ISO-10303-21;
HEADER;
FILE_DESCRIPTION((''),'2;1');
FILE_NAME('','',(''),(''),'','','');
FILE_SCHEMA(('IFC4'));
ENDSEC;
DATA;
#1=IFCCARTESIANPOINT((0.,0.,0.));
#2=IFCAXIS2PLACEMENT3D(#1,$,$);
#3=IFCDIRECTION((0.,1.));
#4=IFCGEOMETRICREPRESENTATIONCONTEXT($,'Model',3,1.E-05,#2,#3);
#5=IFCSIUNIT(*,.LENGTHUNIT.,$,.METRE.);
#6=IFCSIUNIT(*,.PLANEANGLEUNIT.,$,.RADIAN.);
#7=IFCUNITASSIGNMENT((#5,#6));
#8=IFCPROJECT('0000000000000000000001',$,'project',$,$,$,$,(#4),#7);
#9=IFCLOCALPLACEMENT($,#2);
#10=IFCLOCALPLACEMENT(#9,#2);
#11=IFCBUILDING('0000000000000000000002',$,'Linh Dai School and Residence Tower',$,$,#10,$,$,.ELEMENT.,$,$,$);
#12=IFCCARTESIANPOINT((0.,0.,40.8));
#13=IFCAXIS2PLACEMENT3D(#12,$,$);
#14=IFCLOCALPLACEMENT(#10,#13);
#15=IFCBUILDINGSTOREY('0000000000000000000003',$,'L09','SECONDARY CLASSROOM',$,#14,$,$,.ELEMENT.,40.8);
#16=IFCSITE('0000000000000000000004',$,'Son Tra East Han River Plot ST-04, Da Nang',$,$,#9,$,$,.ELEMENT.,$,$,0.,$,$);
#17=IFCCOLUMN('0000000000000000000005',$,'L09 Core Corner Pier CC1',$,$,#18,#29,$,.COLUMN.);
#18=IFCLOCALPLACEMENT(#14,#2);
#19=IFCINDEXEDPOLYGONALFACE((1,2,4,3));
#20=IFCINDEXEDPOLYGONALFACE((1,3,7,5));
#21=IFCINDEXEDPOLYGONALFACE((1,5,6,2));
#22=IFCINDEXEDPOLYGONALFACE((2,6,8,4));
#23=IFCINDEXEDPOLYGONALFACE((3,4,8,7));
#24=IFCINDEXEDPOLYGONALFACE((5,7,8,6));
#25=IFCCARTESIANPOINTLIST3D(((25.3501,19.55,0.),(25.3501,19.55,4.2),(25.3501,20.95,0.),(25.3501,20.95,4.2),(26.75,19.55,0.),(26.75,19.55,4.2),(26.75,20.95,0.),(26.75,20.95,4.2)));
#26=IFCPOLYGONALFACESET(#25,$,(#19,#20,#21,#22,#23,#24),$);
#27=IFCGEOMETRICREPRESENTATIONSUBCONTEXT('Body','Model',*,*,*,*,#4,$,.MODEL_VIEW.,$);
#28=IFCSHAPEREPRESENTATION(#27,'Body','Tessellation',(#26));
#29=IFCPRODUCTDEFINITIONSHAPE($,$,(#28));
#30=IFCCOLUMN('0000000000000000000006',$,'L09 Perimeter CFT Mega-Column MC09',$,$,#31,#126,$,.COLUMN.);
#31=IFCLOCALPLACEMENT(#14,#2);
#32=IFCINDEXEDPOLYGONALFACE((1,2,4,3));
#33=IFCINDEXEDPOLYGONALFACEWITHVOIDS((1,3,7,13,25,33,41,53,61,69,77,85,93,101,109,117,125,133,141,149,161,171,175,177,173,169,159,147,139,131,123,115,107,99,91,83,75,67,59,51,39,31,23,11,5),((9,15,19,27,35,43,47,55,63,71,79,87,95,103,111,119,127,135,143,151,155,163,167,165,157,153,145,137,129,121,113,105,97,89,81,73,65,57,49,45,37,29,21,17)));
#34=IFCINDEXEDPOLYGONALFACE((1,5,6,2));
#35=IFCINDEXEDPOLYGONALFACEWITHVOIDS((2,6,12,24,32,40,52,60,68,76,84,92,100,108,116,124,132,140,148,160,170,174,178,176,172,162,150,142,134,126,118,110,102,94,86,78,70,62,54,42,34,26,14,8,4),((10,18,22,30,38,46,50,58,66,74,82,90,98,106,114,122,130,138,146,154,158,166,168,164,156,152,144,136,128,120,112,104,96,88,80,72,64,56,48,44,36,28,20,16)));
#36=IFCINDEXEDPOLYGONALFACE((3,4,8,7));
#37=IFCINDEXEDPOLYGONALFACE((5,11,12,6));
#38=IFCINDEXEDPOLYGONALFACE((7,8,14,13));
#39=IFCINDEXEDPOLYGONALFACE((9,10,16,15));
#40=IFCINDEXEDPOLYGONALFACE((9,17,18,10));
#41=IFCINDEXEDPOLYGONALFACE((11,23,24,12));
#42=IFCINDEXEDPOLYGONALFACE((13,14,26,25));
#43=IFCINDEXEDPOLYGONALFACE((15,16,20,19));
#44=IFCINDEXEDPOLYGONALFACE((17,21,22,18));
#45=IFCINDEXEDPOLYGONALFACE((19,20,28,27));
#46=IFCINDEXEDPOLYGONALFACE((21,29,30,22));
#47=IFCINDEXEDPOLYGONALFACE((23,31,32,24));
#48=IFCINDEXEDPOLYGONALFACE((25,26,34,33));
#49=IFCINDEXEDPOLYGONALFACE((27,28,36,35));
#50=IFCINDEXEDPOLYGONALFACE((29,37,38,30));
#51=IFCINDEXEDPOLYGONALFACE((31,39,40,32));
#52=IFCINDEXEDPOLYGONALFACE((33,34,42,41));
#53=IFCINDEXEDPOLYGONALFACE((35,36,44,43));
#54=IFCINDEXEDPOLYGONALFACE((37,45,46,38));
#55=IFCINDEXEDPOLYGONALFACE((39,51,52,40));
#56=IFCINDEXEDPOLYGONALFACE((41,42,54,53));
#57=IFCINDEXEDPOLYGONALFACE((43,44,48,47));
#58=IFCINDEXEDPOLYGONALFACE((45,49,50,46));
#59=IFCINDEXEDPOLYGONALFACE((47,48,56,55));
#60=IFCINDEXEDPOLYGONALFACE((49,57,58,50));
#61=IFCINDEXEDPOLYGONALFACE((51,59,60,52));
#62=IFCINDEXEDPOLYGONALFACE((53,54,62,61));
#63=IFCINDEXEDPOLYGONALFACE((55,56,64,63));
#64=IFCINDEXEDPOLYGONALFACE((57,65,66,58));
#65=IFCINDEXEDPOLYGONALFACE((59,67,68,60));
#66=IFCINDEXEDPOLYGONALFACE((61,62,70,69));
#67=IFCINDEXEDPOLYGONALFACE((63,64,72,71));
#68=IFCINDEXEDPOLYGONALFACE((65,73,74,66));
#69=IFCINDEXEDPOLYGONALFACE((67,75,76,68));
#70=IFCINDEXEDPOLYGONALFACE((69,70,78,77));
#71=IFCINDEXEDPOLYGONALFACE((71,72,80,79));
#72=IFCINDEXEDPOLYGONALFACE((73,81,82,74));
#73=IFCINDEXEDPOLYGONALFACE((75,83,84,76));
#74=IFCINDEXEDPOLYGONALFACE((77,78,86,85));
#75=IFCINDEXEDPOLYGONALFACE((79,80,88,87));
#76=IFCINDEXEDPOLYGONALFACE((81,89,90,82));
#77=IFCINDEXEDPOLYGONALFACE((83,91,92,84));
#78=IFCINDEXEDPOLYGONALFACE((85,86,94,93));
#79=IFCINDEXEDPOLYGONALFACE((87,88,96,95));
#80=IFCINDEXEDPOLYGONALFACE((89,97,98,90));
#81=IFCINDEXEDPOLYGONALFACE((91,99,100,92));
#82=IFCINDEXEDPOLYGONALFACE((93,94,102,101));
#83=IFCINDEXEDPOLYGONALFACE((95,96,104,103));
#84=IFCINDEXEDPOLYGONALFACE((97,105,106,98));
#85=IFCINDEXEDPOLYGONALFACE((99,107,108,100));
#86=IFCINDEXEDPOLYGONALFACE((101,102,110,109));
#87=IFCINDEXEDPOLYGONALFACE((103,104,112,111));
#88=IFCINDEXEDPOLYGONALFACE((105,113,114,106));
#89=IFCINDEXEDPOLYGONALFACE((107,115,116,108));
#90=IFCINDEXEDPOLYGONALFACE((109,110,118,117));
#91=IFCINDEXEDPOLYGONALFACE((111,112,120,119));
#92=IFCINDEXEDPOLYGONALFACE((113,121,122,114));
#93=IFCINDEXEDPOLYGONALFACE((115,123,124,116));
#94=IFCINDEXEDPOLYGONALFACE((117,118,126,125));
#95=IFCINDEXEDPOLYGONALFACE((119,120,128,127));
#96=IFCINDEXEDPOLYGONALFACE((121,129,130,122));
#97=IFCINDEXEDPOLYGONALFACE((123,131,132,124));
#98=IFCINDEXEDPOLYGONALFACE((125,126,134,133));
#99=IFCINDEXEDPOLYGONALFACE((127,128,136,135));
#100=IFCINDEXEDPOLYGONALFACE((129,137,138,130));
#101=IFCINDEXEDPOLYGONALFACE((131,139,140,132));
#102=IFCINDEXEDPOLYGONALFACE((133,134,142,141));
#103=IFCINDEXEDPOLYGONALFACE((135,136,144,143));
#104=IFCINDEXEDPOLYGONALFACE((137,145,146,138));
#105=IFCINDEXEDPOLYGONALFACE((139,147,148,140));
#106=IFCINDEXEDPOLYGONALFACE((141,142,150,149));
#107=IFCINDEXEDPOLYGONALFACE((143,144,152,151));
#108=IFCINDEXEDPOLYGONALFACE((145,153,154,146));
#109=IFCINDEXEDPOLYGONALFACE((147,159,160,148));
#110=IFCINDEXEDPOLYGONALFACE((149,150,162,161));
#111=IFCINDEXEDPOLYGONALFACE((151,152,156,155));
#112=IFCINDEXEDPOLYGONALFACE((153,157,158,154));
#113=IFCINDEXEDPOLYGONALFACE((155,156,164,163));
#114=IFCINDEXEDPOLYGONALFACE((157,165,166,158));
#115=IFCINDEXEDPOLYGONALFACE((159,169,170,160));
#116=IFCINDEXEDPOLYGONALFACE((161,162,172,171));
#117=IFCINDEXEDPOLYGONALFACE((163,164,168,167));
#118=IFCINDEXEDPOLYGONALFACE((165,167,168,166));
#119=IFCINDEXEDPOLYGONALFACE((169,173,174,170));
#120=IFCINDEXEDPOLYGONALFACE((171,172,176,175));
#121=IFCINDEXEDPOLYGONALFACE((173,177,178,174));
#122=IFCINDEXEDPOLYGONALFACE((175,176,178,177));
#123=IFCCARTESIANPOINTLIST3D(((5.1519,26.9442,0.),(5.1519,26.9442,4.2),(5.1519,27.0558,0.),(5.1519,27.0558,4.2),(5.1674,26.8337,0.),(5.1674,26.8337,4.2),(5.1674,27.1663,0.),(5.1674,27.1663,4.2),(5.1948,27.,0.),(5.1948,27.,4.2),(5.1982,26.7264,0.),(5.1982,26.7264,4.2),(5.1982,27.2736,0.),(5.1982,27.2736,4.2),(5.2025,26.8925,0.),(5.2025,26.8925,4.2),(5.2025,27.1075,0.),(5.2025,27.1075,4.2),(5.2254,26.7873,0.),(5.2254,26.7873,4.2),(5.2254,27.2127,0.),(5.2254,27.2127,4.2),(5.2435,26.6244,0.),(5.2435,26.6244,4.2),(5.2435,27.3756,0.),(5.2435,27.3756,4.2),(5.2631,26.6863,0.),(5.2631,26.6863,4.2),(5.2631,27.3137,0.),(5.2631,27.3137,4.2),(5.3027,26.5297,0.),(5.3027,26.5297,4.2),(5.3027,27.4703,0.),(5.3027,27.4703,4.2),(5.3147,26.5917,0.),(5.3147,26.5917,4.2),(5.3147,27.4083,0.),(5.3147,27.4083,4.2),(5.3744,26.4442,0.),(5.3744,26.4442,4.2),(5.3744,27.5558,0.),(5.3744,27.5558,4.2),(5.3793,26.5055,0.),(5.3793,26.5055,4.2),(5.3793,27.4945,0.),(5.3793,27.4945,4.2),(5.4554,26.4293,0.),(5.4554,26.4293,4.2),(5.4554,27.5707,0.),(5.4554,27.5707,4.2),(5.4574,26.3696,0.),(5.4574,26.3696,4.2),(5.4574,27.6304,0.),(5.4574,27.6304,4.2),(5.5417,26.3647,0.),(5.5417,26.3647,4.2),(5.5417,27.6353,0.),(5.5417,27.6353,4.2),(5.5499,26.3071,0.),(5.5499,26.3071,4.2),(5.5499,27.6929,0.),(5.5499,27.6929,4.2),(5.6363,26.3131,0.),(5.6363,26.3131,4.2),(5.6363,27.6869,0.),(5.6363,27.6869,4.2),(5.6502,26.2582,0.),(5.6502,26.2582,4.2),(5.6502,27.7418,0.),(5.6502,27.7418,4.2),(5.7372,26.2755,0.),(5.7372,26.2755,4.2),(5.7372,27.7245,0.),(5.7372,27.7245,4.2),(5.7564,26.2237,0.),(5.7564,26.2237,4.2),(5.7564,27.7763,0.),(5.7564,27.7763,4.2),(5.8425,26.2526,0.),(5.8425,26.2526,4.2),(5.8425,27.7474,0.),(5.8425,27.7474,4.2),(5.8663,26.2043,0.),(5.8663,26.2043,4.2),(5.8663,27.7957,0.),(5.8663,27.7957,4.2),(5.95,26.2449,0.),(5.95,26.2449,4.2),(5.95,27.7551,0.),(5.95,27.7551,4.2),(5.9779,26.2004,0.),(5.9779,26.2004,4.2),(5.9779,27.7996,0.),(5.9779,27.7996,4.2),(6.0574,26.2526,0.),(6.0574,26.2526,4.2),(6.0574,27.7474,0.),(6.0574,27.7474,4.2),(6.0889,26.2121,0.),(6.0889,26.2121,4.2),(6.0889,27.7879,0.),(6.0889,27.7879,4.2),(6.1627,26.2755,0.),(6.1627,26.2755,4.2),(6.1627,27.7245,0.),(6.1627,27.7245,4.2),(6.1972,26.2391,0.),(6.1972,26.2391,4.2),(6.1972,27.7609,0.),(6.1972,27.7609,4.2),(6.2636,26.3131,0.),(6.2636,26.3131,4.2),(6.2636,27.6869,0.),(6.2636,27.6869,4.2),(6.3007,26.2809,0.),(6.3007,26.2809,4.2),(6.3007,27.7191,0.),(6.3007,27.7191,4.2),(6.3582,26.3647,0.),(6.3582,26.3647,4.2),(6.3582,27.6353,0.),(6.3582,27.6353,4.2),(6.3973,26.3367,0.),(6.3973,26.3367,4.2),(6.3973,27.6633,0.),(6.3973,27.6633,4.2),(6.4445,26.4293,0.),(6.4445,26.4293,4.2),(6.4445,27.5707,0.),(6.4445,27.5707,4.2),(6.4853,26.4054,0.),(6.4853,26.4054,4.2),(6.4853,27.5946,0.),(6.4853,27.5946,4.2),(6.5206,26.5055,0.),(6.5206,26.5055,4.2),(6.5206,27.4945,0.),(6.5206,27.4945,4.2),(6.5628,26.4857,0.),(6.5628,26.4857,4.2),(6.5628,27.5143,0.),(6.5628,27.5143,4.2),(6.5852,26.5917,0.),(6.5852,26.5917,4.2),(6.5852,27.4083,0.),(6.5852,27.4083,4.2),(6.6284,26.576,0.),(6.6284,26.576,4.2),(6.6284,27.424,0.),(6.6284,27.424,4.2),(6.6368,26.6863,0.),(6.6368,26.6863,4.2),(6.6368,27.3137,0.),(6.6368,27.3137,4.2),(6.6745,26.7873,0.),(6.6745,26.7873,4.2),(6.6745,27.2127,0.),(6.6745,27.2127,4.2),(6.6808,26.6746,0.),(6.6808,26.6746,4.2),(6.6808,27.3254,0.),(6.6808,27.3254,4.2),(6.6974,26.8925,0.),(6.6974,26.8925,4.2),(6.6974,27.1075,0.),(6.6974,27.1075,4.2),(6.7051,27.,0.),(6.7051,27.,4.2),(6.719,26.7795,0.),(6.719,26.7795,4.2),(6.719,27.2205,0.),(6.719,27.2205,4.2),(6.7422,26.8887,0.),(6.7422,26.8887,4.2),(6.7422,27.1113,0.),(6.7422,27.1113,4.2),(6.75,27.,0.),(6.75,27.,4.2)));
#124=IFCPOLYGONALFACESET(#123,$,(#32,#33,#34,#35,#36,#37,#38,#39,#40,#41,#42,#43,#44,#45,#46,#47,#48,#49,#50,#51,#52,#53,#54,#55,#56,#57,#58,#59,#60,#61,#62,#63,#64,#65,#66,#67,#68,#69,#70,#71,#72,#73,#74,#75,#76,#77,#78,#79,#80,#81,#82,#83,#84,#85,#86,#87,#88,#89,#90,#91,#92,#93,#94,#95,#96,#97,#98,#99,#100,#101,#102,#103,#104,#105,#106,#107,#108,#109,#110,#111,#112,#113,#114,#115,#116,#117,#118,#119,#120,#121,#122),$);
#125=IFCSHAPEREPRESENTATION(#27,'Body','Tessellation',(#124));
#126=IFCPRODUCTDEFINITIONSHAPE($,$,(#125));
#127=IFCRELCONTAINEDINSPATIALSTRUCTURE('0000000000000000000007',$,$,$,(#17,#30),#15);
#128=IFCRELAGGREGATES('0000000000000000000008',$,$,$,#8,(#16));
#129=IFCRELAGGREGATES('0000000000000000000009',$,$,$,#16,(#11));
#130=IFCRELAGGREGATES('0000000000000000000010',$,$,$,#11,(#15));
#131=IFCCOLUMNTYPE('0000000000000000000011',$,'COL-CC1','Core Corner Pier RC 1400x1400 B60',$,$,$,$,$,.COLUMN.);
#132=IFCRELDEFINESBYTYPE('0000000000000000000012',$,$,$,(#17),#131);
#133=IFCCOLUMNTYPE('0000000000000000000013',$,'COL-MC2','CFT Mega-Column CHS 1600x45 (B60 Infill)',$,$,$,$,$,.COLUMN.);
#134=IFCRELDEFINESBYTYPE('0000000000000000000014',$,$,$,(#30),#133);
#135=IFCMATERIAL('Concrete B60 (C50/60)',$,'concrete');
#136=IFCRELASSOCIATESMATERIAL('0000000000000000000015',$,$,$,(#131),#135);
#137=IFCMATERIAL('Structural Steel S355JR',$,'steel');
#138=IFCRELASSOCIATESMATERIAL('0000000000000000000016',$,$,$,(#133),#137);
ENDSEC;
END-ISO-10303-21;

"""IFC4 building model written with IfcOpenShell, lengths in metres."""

from ifc_helpers import new_model, si_unit, direction, frame, origin, origin_2d, place, context, subcontext, project, spatial, rectangle, hollow_circle, extrude, material, material_profile, profile_set, type_object, element, save


model = new_model("IFC4")

# Units and contexts
model_context = context("Model", 3, precision=1e-05, world=origin(), true_north=direction((0.0, 1.0)))
body_context = subcontext(model_context, "Body", "Model", "MODEL_VIEW")
ifc_project = project(units=[si_unit("LENGTHUNIT", "METRE"), si_unit("PLANEANGLEUNIT", "RADIAN")], contexts=[model_context])

# Site, building, storey
site_placement = place(None, origin())
site = spatial("IfcSite", under=ifc_project, at=site_placement, Name="Son Tra East Han River Plot ST-04, Da Nang", CompositionType="ELEMENT", RefElevation=0.0)
building_placement = place(site_placement, origin())
building = spatial("IfcBuilding", under=site, at=building_placement, Name="Linh Dai School and Residence Tower", CompositionType="ELEMENT")
storey_placement = place(building_placement, frame((0.0, 0.0, 40.8)))
storey = spatial("IfcBuildingStorey", under=building, at=storey_placement, Name="L09", Description="SECONDARY CLASSROOM", CompositionType="ELEMENT", Elevation=40.8)

# Columns
ifc_material_1 = material(Name="Concrete B60 (C50/60)", Category="concrete")
ifc_material_profile_1 = material_profile(ifc_material_1, rectangle(XDim=1.3999, YDim=1.3999, at=origin_2d()), Name="RC 1400x1400")
ifc_profile_set_1 = profile_set([ifc_material_profile_1], Name="Concrete B60 (C50/60)")
column_type_1 = type_object("IfcColumnType", Name="COL-CC1", Description="Core Corner Pier RC 1400x1400 B60", PredefinedType="COLUMN", material=ifc_profile_set_1)
column_placement = place(storey_placement, frame((26.05, 20.25, 0.0), z_axis=(0.0, 0.0, 1.0), x_axis=(1.0, 0.0, 0.0)))
element("IfcColumn", 1, at=column_placement, inside=storey, type_object=column_type_1, Name="L09 Core Corner Pier CC1", PredefinedType="COLUMN", context=body_context, shape_type="SweptSolid", body=[
    extrude(rectangle(XDim=1.3999, YDim=1.3999, at=origin_2d()), origin(), (0.0, 0.0, 1.0), 4.2),
])
ifc_material_2 = material(Name="Structural Steel S355JR", Category="steel")
ifc_material_profile_2 = material_profile(ifc_material_2, hollow_circle(Radius=0.8, WallThickness=0.0449, at=origin_2d()), Name="CHS 1600x45")
ifc_profile_set_2 = profile_set([ifc_material_profile_2], Name="Structural Steel S355JR")
column_type_2 = type_object("IfcColumnType", Name="COL-MC2", Description="CFT Mega-Column CHS 1600x45 (B60 Infill)", PredefinedType="COLUMN", material=ifc_profile_set_2)
for number, where, z_axis, x_axis, name in (
    (2, (5.95, 27.0, 0.0), (0.0, 0.0, 1.0), (1.0, 0.0, 0.0), "L09 Perimeter CFT Mega-Column MC09"),
):
    element("IfcColumn", number, at=place(storey_placement, frame(where, z_axis=z_axis, x_axis=x_axis)), inside=storey, type_object=column_type_2, Name=name, PredefinedType="COLUMN", context=body_context, shape_type="SweptSolid", body=[
        extrude(hollow_circle(Radius=0.8, WallThickness=0.0449, at=origin_2d()), origin(), (0.0, 0.0, 1.0), 4.2),
    ])

save(model, "model.ifc")
